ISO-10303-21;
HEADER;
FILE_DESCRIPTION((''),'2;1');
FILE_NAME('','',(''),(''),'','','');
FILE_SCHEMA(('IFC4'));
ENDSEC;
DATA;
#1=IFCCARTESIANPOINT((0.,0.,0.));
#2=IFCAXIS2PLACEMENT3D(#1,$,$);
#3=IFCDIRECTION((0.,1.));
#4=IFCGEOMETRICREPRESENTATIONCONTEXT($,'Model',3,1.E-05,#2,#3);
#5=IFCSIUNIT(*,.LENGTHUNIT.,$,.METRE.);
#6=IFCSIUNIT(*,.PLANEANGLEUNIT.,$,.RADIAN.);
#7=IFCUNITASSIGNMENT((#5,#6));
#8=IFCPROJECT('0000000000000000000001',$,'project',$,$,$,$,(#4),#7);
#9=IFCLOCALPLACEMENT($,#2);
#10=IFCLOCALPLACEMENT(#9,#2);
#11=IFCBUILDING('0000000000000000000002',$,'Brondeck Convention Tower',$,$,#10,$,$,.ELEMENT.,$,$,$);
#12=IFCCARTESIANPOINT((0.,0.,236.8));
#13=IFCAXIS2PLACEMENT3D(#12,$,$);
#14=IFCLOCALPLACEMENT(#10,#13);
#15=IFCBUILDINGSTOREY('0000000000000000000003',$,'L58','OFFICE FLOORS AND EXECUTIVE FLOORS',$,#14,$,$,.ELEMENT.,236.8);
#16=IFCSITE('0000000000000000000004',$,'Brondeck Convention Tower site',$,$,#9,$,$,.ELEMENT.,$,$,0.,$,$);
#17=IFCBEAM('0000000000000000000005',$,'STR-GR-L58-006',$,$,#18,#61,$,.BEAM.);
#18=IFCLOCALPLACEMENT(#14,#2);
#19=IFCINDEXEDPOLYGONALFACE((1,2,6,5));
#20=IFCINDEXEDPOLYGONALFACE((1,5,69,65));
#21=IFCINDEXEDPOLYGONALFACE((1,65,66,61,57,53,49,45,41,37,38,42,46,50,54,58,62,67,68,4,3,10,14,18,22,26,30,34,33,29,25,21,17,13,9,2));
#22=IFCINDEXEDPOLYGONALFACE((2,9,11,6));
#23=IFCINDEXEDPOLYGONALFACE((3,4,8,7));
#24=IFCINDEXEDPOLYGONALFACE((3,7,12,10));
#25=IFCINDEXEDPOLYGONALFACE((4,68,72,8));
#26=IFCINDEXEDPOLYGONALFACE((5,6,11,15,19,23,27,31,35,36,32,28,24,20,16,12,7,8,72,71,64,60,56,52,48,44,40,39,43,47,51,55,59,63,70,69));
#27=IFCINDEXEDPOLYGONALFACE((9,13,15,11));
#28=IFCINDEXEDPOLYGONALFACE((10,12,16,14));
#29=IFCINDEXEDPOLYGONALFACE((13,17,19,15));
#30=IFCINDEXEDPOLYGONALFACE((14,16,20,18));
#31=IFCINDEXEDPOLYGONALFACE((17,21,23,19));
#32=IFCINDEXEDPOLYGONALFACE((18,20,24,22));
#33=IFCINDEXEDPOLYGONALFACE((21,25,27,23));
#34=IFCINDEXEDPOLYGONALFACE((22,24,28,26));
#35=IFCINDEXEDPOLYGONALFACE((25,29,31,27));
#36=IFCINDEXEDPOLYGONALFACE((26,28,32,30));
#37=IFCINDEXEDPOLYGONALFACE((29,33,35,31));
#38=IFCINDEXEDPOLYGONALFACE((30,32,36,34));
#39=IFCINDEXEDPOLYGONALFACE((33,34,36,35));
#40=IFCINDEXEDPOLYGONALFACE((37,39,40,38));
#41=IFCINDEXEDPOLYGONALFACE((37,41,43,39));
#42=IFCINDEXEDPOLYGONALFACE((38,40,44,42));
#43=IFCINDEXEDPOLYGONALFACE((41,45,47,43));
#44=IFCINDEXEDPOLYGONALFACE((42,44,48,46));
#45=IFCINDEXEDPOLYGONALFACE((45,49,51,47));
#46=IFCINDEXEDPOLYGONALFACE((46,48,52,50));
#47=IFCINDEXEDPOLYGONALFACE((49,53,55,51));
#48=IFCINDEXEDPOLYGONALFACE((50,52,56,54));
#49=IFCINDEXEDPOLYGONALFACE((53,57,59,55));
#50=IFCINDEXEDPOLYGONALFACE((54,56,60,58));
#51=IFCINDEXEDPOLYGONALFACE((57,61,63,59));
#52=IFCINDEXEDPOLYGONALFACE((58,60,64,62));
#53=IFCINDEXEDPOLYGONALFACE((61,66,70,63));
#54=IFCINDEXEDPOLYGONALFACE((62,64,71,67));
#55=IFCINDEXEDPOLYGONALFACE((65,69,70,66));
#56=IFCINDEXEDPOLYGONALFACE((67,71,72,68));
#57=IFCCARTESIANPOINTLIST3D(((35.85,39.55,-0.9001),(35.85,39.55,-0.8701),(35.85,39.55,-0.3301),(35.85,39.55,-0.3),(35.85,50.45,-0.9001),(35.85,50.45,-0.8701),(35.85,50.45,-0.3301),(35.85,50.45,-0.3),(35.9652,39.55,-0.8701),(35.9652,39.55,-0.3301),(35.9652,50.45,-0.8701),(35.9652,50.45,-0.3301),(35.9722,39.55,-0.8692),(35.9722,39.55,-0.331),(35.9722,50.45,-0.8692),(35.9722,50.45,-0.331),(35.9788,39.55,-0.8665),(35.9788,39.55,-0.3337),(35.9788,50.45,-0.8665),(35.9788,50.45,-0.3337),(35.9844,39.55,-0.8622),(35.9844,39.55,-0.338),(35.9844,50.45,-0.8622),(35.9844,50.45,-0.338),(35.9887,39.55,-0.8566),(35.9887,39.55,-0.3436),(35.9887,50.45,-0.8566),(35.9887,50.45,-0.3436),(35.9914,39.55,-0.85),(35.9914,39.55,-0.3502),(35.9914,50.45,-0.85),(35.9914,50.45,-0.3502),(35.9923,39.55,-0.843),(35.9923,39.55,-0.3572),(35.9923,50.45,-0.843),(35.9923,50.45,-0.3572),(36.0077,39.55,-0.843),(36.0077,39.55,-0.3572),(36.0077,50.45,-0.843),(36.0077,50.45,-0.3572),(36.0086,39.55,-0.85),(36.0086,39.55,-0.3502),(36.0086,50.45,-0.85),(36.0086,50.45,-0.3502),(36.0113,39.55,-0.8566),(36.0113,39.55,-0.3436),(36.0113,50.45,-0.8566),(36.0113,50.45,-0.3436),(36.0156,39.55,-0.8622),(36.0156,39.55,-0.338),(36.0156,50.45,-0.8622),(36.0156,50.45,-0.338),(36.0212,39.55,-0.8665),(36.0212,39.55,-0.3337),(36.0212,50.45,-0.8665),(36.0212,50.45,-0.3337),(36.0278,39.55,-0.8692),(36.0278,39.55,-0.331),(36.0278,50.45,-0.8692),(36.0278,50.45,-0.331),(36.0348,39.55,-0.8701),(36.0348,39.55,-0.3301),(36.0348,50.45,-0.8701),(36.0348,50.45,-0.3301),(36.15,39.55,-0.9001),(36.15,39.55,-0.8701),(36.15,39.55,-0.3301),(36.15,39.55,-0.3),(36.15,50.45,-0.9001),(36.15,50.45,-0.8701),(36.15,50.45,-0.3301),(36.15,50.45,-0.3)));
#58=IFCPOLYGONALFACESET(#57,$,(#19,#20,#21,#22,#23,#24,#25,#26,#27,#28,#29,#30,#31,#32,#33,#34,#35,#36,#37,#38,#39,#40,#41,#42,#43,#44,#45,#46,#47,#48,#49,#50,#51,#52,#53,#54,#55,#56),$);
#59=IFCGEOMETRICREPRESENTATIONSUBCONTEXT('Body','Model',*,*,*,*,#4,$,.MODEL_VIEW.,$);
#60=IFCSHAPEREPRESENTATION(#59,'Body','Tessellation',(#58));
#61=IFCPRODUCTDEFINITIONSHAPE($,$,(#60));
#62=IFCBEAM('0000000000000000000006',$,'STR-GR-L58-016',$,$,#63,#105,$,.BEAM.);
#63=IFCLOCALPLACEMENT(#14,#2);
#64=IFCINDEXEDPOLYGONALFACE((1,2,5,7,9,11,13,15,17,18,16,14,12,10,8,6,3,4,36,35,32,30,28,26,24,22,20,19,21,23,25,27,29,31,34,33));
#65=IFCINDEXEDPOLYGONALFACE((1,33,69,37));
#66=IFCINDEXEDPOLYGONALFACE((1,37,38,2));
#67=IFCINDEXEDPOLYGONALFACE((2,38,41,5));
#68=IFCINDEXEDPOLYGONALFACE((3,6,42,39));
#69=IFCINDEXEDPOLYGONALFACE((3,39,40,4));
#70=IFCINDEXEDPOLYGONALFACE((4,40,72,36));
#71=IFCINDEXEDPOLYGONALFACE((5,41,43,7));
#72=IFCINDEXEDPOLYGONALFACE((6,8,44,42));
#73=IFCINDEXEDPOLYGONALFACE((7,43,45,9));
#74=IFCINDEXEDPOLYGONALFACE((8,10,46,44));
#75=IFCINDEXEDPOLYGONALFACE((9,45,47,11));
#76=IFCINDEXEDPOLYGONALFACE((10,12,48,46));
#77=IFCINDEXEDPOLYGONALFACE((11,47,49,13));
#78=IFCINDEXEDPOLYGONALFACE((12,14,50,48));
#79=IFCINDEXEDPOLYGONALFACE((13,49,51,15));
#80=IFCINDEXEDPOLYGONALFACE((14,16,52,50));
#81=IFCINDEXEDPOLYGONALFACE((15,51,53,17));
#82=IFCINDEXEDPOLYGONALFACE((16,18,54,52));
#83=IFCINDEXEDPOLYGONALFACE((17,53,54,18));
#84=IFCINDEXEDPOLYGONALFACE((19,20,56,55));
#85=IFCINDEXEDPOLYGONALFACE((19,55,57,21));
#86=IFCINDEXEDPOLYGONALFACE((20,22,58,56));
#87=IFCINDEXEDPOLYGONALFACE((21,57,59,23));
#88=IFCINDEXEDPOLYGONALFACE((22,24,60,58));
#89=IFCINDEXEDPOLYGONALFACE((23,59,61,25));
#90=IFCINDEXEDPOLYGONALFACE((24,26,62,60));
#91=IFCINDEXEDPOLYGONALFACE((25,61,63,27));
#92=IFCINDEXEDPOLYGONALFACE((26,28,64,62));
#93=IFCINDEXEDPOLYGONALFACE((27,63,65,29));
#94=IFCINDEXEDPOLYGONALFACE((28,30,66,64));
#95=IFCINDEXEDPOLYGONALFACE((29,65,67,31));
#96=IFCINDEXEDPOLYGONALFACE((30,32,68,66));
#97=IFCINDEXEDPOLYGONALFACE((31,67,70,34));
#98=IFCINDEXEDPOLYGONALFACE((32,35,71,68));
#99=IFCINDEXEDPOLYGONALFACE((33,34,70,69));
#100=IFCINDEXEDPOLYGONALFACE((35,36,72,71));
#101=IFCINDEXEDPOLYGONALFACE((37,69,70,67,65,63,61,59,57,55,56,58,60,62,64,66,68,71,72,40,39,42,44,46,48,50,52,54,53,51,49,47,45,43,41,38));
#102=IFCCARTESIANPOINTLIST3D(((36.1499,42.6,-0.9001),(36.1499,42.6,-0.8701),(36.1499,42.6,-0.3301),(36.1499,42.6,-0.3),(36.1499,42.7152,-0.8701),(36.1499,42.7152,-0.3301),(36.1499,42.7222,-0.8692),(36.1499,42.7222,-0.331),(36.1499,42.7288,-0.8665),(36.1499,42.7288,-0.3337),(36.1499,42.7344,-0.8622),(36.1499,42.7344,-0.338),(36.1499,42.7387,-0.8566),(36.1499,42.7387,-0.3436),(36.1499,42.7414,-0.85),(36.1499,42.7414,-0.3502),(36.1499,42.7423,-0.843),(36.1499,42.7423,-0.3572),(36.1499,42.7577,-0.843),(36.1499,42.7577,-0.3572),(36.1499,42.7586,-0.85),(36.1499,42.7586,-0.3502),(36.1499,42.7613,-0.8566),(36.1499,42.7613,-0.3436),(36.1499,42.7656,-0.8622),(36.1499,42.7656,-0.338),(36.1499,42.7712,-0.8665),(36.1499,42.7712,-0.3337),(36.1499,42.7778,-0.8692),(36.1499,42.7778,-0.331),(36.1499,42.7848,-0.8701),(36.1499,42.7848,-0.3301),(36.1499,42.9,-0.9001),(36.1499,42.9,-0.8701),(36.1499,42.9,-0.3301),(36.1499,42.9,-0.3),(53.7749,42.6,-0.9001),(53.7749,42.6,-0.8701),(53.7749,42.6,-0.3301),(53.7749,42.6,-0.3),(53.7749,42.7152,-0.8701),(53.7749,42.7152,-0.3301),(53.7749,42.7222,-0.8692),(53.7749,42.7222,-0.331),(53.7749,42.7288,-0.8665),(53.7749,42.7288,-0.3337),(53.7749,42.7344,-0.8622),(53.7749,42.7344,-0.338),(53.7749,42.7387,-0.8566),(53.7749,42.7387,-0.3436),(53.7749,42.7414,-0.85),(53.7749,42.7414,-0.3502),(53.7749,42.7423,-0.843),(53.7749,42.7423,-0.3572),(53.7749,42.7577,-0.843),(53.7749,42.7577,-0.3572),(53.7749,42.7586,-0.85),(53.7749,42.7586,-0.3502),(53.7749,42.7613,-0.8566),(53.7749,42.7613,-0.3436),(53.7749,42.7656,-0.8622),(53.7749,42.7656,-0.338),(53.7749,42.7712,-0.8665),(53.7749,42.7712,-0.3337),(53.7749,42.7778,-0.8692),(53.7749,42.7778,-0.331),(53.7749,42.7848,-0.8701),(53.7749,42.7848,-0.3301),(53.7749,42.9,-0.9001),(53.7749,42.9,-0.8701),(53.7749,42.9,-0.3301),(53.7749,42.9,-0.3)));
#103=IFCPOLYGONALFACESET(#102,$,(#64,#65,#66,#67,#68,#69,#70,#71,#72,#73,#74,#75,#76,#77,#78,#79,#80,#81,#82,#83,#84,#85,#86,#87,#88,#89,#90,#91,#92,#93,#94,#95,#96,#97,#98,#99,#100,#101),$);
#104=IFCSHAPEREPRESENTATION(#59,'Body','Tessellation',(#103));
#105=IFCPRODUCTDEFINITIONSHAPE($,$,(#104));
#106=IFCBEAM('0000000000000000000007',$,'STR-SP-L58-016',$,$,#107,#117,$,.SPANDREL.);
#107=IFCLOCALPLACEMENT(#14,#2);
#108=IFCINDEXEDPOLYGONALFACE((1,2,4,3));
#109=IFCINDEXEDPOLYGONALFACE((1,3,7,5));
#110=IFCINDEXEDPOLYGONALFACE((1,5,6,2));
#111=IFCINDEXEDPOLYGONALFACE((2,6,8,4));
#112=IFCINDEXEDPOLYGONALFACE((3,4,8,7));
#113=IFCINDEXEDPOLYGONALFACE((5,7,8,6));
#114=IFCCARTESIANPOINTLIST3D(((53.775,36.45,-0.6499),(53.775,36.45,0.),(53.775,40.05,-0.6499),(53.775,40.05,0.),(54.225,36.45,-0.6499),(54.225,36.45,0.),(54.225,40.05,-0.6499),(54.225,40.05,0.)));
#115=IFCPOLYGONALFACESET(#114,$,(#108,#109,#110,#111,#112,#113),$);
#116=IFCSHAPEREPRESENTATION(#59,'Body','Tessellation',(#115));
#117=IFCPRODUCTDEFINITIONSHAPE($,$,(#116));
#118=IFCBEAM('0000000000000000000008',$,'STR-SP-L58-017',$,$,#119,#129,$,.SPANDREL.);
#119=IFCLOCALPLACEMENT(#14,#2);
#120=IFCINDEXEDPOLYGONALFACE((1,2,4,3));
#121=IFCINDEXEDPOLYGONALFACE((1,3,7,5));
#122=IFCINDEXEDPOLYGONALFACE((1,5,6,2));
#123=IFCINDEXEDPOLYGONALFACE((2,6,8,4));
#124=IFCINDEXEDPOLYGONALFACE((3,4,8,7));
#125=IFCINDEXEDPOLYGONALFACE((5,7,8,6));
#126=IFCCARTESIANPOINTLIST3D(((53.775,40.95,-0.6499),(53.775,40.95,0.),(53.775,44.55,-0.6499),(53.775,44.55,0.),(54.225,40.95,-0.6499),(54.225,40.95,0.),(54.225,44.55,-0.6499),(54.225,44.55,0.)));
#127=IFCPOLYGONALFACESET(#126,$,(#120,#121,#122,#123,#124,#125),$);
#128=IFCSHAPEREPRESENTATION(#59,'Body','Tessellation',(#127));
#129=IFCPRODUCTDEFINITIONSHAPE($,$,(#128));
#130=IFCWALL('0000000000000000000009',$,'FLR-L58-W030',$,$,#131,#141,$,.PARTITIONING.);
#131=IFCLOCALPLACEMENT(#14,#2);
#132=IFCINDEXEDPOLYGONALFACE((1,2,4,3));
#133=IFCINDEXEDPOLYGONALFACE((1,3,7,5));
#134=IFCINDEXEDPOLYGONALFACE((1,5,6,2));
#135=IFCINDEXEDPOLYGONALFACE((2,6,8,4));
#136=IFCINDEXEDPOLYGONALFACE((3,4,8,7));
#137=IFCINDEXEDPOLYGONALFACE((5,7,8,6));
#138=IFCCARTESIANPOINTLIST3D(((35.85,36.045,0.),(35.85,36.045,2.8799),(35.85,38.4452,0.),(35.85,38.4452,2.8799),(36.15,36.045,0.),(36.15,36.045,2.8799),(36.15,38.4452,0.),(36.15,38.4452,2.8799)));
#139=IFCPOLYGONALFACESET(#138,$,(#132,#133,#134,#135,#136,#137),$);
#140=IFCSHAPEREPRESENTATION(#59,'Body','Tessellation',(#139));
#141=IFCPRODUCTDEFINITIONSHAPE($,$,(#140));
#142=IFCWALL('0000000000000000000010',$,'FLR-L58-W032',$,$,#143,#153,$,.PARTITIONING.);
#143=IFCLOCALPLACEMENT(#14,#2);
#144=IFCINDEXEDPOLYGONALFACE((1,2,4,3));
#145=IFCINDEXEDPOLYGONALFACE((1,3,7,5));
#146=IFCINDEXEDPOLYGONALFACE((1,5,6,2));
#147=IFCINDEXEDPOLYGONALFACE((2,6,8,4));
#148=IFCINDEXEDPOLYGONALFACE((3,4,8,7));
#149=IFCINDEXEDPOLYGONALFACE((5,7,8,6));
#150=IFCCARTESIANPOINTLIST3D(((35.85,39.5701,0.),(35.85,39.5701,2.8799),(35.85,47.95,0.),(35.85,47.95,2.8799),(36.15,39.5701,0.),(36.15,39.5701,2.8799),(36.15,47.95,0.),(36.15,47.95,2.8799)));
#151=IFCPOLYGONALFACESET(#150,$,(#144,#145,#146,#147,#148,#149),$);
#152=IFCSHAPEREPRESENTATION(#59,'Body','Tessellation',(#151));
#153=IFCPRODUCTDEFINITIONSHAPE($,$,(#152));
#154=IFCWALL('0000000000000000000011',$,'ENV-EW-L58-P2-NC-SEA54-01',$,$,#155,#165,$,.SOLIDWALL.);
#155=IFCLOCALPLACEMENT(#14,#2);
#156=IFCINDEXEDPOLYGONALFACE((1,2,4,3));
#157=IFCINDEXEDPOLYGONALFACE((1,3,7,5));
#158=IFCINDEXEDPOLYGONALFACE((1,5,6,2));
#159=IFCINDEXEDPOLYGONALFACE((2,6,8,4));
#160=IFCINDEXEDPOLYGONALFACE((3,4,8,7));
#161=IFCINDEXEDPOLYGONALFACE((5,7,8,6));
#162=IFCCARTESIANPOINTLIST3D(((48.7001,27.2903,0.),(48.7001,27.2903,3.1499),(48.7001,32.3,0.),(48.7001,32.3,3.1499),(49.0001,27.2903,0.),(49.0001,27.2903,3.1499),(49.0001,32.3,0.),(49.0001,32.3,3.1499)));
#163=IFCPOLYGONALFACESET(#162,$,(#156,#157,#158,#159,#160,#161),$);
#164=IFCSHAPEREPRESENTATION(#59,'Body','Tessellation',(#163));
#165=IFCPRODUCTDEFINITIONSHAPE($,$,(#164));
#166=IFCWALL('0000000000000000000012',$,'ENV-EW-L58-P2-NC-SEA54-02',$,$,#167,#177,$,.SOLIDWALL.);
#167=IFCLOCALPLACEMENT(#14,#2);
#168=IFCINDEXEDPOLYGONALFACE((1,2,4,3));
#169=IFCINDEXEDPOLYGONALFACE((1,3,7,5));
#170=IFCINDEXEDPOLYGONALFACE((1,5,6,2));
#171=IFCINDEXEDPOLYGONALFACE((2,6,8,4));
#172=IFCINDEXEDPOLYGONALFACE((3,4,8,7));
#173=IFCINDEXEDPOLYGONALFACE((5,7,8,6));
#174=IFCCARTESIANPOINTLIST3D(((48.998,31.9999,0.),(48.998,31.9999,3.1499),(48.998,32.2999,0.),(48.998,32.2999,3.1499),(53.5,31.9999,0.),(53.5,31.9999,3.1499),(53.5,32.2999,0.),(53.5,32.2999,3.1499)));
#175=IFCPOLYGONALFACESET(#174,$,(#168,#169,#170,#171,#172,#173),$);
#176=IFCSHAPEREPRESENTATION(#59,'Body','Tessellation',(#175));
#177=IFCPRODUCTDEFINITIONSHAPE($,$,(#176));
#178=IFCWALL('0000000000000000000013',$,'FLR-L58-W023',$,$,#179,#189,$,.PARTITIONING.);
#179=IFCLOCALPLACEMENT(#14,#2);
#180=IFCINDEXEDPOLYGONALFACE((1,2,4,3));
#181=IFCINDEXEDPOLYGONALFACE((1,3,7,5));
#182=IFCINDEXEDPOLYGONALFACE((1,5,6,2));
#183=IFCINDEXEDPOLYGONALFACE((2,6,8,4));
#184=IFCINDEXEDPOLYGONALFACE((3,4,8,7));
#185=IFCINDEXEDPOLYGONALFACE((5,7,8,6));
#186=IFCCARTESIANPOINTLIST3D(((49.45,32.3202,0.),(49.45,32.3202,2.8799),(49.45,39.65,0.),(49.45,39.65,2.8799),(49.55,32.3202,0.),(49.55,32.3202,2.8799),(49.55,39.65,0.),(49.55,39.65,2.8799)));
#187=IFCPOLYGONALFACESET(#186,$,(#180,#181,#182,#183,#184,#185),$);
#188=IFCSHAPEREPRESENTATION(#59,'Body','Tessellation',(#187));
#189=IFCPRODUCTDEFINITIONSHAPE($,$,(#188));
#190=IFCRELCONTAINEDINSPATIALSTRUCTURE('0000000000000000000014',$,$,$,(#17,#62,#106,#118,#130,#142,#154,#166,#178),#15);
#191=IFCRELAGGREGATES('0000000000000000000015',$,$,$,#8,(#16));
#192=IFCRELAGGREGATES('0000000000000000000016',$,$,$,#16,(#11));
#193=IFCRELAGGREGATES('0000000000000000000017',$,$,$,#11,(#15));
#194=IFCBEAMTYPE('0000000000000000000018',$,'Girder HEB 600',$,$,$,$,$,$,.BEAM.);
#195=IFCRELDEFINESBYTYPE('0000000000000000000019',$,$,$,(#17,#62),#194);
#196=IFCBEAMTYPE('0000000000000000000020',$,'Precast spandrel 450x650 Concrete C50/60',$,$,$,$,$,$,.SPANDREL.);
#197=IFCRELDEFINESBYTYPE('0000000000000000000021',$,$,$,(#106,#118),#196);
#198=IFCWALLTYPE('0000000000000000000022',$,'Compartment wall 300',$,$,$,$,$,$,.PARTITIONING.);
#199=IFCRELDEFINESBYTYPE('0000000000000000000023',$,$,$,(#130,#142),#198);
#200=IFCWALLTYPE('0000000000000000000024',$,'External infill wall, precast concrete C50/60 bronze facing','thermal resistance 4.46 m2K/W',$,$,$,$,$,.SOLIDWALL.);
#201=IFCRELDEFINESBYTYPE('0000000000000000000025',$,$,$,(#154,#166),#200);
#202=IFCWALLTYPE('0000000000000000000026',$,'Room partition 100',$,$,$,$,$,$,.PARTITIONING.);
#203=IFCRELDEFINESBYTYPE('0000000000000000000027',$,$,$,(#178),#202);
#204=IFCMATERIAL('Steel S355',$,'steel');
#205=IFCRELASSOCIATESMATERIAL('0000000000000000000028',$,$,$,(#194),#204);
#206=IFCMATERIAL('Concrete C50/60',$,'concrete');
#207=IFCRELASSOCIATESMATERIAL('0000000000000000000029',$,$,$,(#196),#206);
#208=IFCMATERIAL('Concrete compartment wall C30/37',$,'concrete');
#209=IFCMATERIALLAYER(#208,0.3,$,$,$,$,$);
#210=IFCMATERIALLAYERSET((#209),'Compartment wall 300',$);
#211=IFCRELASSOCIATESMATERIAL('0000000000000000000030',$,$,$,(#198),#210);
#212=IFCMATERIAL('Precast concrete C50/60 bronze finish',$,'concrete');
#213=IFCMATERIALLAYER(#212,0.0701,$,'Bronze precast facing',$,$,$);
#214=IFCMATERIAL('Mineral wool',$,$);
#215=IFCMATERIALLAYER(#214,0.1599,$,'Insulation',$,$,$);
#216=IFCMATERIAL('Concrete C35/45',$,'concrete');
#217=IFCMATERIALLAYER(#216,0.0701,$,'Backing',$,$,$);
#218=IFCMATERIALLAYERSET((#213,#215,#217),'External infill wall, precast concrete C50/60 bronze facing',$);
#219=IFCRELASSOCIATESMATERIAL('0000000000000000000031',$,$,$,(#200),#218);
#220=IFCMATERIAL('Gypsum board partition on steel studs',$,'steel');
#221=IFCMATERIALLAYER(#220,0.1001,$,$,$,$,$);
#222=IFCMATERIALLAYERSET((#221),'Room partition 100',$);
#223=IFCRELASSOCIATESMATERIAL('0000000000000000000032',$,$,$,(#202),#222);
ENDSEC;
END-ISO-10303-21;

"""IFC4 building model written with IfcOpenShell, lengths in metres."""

from ifc_helpers import new_model, si_unit, direction, frame, frame_2d, origin, origin_2d, place, context, subcontext, project, spatial, rectangle, i_section, extrude, material, layer, layer_set, material_profile, profile_set, type_object, element, save


model = new_model("IFC4")

# Units and contexts
model_context = context("Model", 3, precision=1e-05, world=origin(), true_north=direction((0.0, 1.0)))
body_context = subcontext(model_context, "Body", "Model", "MODEL_VIEW")
ifc_project = project(units=[si_unit("LENGTHUNIT", "METRE"), si_unit("PLANEANGLEUNIT", "RADIAN")], contexts=[model_context])

# Site, building, storey
site_placement = place(None, origin())
site = spatial("IfcSite", under=ifc_project, at=site_placement, Name="Brondeck Convention Tower site", CompositionType="ELEMENT", RefElevation=0.0)
building_placement = place(site_placement, origin())
building = spatial("IfcBuilding", under=site, at=building_placement, Name="Brondeck Convention Tower", CompositionType="ELEMENT")
storey_placement = place(building_placement, frame((0.0, 0.0, 236.8)))
storey = spatial("IfcBuildingStorey", under=building, at=storey_placement, Name="L58", Description="OFFICE FLOORS AND EXECUTIVE FLOORS", CompositionType="ELEMENT", Elevation=236.8)

# Shared definitions
ifc_material_1 = material(Name="Concrete C50/60", Category="concrete")

# Beams
ifc_material_2 = material(Name="Steel S355", Category="steel")
ifc_material_profile_1 = material_profile(ifc_material_2, i_section(OverallWidth=0.3, OverallDepth=0.6001, WebThickness=0.0154, FlangeThickness=0.03, FilletRadius=0.0271, at=origin_2d()), Name="HEB 600")
ifc_profile_set_1 = profile_set([ifc_material_profile_1], Name="Steel S355")
beam_type_1 = type_object("IfcBeamType", Name="Girder HEB 600", PredefinedType="BEAM", material=ifc_profile_set_1)
beam_1_placement = place(storey_placement, frame((36.0, 39.55, -0.6001), z_axis=(0.0, 1.0, 0.0), x_axis=(-1.0, 0.0, 0.0)))
element("IfcBeam", 1, at=beam_1_placement, inside=storey, type_object=beam_type_1, Name="STR-GR-L58-006", PredefinedType="BEAM", context=body_context, shape_type="SweptSolid", body=[
    extrude(i_section(OverallWidth=0.3, OverallDepth=0.6001, WebThickness=0.0154, FlangeThickness=0.03, FilletRadius=0.0271, at=origin_2d()), origin(), (0.0, 0.0, 1.0), 10.8999),
])
beam_2_placement = place(storey_placement, frame((36.1499, 42.75, -0.6001), z_axis=(1.0, 0.0, 0.0), x_axis=(0.0, 1.0, 0.0)))
element("IfcBeam", 2, at=beam_2_placement, inside=storey, type_object=beam_type_1, Name="STR-GR-L58-016", PredefinedType="BEAM", context=body_context, shape_type="SweptSolid", body=[
    extrude(i_section(OverallWidth=0.3, OverallDepth=0.6001, WebThickness=0.0154, FlangeThickness=0.03, FilletRadius=0.0271, at=origin_2d()), origin(), (0.0, 0.0, 1.0), 17.625),
])
ifc_material_profile_2 = material_profile(ifc_material_1, rectangle(XDim=0.45, YDim=0.6499, at=origin_2d()), Name="Precast spandrel 450x650 Concrete C50/60")
ifc_profile_set_2 = profile_set([ifc_material_profile_2], Name="Concrete C50/60")
beam_type_2 = type_object("IfcBeamType", Name="Precast spandrel 450x650 Concrete C50/60", PredefinedType="SPANDREL", material=ifc_profile_set_2)
for number, where, z_axis, x_axis, name in (
    (3, (54.0, 36.45, -0.325), (0.0, 1.0, 0.0), (-1.0, 0.0, 0.0), "STR-SP-L58-016"),
    (4, (54.0, 40.95, -0.325), (0.0, 1.0, 0.0), (-1.0, 0.0, 0.0), "STR-SP-L58-017"),
):
    element("IfcBeam", number, at=place(storey_placement, frame(where, z_axis=z_axis, x_axis=x_axis)), inside=storey, type_object=beam_type_2, Name=name, PredefinedType="SPANDREL", context=body_context, shape_type="SweptSolid", body=[
        extrude(rectangle(XDim=0.45, YDim=0.6499, at=origin_2d()), origin(), (0.0, 0.0, 1.0), 3.6001),
    ])

# Walls
ifc_material_3 = material(Name="Concrete compartment wall C30/37", Category="concrete")
ifc_layer_1 = layer(ifc_material_3, 0.3)
ifc_layer_set_1 = layer_set([ifc_layer_1], Name="Compartment wall 300")
wall_type_1 = type_object("IfcWallType", Name="Compartment wall 300", PredefinedType="PARTITIONING", material=ifc_layer_set_1)
wall_1_placement = place(storey_placement, frame((36.0, 36.0449, 0.0), z_axis=(0.0, 0.0, 1.0), x_axis=(0.0, 1.0, 0.0)))
element("IfcWall", 5, at=wall_1_placement, inside=storey, type_object=wall_type_1, Name="FLR-L58-W030", PredefinedType="PARTITIONING", context=body_context, shape_type="SweptSolid", body=[
    extrude(rectangle(XDim=2.4001, YDim=0.3, at=frame_2d((1.2002, 0.0))), origin(), (0.0, 0.0, 1.0), 2.8799),
])
wall_2_placement = place(storey_placement, frame((36.0, 39.5701, 0.0), z_axis=(0.0, 0.0, 1.0), x_axis=(0.0, 1.0, 0.0)))
element("IfcWall", 6, at=wall_2_placement, inside=storey, type_object=wall_type_1, Name="FLR-L58-W032", PredefinedType="PARTITIONING", context=body_context, shape_type="SweptSolid", body=[
    extrude(rectangle(XDim=8.3799, YDim=0.3, at=frame_2d((4.1899, 0.0))), origin(), (0.0, 0.0, 1.0), 2.8799),
])
ifc_material_4 = material(Name="Precast concrete C50/60 bronze finish", Category="concrete")
ifc_layer_2 = layer(ifc_material_4, 0.0701, Name="Bronze precast facing")
ifc_material_5 = material(Name="Mineral wool")
ifc_layer_3 = layer(ifc_material_5, 0.1599, Name="Insulation")
ifc_material_6 = material(Name="Concrete C35/45", Category="concrete")
ifc_layer_4 = layer(ifc_material_6, 0.0701, Name="Backing")
ifc_layer_set_2 = layer_set([ifc_layer_2, ifc_layer_3, ifc_layer_4], Name="External infill wall, precast concrete C50/60 bronze facing")
wall_type_2 = type_object("IfcWallType", Name="External infill wall, precast concrete C50/60 bronze facing", Description="thermal resistance 4.46 m2K/W", PredefinedType="SOLIDWALL", material=ifc_layer_set_2)
wall_3_placement = place(storey_placement, frame((48.8501, 32.3, 0.0), z_axis=(0.0, 0.0, 1.0), x_axis=(0.0, -1.0, 0.0)))
element("IfcWall", 7, at=wall_3_placement, inside=storey, type_object=wall_type_2, Name="ENV-EW-L58-P2-NC-SEA54-01", PredefinedType="SOLIDWALL", context=body_context, shape_type="SweptSolid", body=[
    extrude(rectangle(XDim=5.0098, YDim=0.3, at=frame_2d((2.5049, 0.0))), origin(), (0.0, 0.0, 1.0), 3.1499),
])
wall_4_placement = place(storey_placement, frame((53.5, 32.1499, 0.0), z_axis=(0.0, 0.0, 1.0), x_axis=(-1.0, 0.0, 0.0)))
element("IfcWall", 8, at=wall_4_placement, inside=storey, type_object=wall_type_2, Name="ENV-EW-L58-P2-NC-SEA54-02", PredefinedType="SOLIDWALL", context=body_context, shape_type="SweptSolid", body=[
    extrude(rectangle(XDim=4.502, YDim=0.3, at=frame_2d((2.251, 0.0))), origin(), (0.0, 0.0, 1.0), 3.1499),
])
ifc_material_7 = material(Name="Gypsum board partition on steel studs", Category="steel")
ifc_layer_5 = layer(ifc_material_7, 0.1001)
ifc_layer_set_3 = layer_set([ifc_layer_5], Name="Room partition 100")
wall_type_3 = type_object("IfcWallType", Name="Room partition 100", PredefinedType="PARTITIONING", material=ifc_layer_set_3)
wall_5_placement = place(storey_placement, frame((49.5, 32.3201, 0.0), z_axis=(0.0, 0.0, 1.0), x_axis=(0.0, 1.0, 0.0)))
element("IfcWall", 9, at=wall_5_placement, inside=storey, type_object=wall_type_3, Name="FLR-L58-W023", PredefinedType="PARTITIONING", context=body_context, shape_type="SweptSolid", body=[
    extrude(rectangle(XDim=7.3298, YDim=0.1001, at=frame_2d((3.665, 0.0))), origin(), (0.0, 0.0, 1.0), 2.8799),
])

save(model, "model.ifc")
